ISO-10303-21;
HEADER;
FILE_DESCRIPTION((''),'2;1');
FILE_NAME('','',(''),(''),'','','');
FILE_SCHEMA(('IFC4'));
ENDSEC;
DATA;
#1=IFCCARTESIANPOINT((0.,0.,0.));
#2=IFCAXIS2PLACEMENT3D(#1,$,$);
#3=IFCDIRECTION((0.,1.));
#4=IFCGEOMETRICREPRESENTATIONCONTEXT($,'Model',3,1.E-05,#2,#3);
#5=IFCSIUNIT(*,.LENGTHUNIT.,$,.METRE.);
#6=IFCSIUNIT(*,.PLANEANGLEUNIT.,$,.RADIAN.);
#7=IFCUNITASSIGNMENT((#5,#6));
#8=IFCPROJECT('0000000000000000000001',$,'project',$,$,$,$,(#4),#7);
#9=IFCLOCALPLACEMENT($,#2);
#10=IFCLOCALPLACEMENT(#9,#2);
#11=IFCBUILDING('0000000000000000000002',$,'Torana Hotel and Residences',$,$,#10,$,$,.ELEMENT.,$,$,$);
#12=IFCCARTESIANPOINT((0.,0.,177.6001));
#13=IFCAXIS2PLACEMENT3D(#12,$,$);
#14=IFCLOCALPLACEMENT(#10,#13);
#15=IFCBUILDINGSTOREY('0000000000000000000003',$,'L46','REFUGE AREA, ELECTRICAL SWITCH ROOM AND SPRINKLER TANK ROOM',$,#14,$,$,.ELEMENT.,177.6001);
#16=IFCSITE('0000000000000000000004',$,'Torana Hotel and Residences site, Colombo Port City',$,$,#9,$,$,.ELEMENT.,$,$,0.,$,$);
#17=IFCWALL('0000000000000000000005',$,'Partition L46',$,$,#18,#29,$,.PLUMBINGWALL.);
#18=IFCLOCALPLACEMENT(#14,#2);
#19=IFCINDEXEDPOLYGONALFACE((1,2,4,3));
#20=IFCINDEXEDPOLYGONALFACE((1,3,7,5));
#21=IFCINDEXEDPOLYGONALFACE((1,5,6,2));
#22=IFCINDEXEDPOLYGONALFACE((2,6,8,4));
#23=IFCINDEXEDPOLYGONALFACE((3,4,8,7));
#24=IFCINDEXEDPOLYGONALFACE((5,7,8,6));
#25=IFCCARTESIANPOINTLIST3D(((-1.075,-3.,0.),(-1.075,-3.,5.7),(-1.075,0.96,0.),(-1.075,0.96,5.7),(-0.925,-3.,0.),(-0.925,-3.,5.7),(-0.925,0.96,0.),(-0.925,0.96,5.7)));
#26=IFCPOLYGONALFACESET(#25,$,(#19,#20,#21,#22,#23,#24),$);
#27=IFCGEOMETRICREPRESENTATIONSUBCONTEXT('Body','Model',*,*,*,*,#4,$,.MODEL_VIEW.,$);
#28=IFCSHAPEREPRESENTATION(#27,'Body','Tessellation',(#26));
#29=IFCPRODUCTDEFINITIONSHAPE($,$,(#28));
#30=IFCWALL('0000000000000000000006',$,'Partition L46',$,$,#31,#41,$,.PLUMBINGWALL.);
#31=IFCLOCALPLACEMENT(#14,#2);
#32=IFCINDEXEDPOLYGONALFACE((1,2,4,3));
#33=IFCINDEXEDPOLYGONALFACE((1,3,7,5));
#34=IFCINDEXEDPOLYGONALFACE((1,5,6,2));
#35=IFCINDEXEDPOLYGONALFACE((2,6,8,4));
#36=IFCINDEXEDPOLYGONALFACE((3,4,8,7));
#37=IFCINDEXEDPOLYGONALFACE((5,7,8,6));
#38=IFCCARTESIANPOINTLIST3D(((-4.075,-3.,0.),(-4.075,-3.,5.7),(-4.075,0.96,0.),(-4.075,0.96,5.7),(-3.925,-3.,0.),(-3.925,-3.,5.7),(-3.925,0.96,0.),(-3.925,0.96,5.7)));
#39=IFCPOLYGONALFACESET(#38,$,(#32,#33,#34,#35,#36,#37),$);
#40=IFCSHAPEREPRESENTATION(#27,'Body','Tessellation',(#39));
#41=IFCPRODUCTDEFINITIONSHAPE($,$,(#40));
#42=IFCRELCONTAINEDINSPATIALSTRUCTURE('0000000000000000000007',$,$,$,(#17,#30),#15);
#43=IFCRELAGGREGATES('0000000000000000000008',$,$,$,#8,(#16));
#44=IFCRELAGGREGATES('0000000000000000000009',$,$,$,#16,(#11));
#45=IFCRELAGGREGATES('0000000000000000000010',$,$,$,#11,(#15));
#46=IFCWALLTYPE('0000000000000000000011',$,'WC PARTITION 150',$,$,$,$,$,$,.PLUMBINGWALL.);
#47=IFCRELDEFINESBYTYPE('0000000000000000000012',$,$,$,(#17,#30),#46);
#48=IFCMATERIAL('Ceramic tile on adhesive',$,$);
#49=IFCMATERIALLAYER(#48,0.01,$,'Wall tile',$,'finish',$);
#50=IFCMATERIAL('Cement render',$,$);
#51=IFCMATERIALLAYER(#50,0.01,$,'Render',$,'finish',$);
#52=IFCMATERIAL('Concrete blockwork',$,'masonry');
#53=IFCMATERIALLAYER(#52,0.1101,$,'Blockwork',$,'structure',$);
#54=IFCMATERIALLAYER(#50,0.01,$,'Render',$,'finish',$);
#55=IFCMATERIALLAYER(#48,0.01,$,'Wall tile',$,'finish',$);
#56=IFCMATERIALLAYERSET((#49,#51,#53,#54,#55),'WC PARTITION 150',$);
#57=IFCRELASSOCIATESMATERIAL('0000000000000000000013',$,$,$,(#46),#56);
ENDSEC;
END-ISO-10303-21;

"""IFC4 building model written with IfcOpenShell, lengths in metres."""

from ifc_helpers import new_model, si_unit, direction, frame, frame_2d, origin, place, context, subcontext, project, spatial, rectangle, extrude, material, layer, layer_set, type_object, element, save


model = new_model("IFC4")

# Units and contexts
model_context = context("Model", 3, precision=1e-05, world=origin(), true_north=direction((0.0, 1.0)))
body_context = subcontext(model_context, "Body", "Model", "MODEL_VIEW")
ifc_project = project(units=[si_unit("LENGTHUNIT", "METRE"), si_unit("PLANEANGLEUNIT", "RADIAN")], contexts=[model_context])

# Site, building, storey
site_placement = place(None, origin())
site = spatial("IfcSite", under=ifc_project, at=site_placement, Name="Torana Hotel and Residences site, Colombo Port City", CompositionType="ELEMENT", RefElevation=0.0)
building_placement = place(site_placement, origin())
building = spatial("IfcBuilding", under=site, at=building_placement, Name="Torana Hotel and Residences", CompositionType="ELEMENT")
storey_placement = place(building_placement, frame((0.0, 0.0, 177.6001)))
storey = spatial("IfcBuildingStorey", under=building, at=storey_placement, Name="L46", Description="REFUGE AREA, ELECTRICAL SWITCH ROOM AND SPRINKLER TANK ROOM", CompositionType="ELEMENT", Elevation=177.6001)

# Shared definitions
ifc_material_1 = material(Name="Concrete blockwork", Category="masonry")

# Walls
ifc_material_2 = material(Name="Ceramic tile on adhesive")
ifc_layer_1 = layer(ifc_material_2, 0.01, Name="Wall tile", Category="finish")
ifc_material_3 = material(Name="Cement render")
ifc_layer_2 = layer(ifc_material_3, 0.01, Name="Render", Category="finish")
ifc_layer_3 = layer(ifc_material_1, 0.1101, Name="Blockwork", Category="structure")
ifc_layer_4 = layer(ifc_material_3, 0.01, Name="Render", Category="finish")
ifc_layer_5 = layer(ifc_material_2, 0.01, Name="Wall tile", Category="finish")
ifc_layer_set_1 = layer_set([ifc_layer_1, ifc_layer_2, ifc_layer_3, ifc_layer_4, ifc_layer_5], Name="WC PARTITION 150")
wall_type_1 = type_object("IfcWallType", Name="WC PARTITION 150", PredefinedType="PLUMBINGWALL", material=ifc_layer_set_1)
for number, where, z_axis, x_axis, name in (
    (1, (-1.0, -3.0, 0.0), (0.0, 0.0, 1.0), (0.0, 1.0, 0.0), "Partition L46"),
    (2, (-4.0, -3.0, 0.0), (0.0, 0.0, 1.0), (0.0, 1.0, 0.0), "Partition L46"),
):
    element("IfcWall", number, at=place(storey_placement, frame(where, z_axis=z_axis, x_axis=x_axis)), inside=storey, type_object=wall_type_1, Name=name, PredefinedType="PLUMBINGWALL", context=body_context, shape_type="SweptSolid", body=[
        extrude(rectangle(XDim=3.96, YDim=0.1499, at=frame_2d((1.98, 0.0))), origin(), (0.0, 0.0, 1.0), 5.7),
    ])

save(model, "model.ifc")
